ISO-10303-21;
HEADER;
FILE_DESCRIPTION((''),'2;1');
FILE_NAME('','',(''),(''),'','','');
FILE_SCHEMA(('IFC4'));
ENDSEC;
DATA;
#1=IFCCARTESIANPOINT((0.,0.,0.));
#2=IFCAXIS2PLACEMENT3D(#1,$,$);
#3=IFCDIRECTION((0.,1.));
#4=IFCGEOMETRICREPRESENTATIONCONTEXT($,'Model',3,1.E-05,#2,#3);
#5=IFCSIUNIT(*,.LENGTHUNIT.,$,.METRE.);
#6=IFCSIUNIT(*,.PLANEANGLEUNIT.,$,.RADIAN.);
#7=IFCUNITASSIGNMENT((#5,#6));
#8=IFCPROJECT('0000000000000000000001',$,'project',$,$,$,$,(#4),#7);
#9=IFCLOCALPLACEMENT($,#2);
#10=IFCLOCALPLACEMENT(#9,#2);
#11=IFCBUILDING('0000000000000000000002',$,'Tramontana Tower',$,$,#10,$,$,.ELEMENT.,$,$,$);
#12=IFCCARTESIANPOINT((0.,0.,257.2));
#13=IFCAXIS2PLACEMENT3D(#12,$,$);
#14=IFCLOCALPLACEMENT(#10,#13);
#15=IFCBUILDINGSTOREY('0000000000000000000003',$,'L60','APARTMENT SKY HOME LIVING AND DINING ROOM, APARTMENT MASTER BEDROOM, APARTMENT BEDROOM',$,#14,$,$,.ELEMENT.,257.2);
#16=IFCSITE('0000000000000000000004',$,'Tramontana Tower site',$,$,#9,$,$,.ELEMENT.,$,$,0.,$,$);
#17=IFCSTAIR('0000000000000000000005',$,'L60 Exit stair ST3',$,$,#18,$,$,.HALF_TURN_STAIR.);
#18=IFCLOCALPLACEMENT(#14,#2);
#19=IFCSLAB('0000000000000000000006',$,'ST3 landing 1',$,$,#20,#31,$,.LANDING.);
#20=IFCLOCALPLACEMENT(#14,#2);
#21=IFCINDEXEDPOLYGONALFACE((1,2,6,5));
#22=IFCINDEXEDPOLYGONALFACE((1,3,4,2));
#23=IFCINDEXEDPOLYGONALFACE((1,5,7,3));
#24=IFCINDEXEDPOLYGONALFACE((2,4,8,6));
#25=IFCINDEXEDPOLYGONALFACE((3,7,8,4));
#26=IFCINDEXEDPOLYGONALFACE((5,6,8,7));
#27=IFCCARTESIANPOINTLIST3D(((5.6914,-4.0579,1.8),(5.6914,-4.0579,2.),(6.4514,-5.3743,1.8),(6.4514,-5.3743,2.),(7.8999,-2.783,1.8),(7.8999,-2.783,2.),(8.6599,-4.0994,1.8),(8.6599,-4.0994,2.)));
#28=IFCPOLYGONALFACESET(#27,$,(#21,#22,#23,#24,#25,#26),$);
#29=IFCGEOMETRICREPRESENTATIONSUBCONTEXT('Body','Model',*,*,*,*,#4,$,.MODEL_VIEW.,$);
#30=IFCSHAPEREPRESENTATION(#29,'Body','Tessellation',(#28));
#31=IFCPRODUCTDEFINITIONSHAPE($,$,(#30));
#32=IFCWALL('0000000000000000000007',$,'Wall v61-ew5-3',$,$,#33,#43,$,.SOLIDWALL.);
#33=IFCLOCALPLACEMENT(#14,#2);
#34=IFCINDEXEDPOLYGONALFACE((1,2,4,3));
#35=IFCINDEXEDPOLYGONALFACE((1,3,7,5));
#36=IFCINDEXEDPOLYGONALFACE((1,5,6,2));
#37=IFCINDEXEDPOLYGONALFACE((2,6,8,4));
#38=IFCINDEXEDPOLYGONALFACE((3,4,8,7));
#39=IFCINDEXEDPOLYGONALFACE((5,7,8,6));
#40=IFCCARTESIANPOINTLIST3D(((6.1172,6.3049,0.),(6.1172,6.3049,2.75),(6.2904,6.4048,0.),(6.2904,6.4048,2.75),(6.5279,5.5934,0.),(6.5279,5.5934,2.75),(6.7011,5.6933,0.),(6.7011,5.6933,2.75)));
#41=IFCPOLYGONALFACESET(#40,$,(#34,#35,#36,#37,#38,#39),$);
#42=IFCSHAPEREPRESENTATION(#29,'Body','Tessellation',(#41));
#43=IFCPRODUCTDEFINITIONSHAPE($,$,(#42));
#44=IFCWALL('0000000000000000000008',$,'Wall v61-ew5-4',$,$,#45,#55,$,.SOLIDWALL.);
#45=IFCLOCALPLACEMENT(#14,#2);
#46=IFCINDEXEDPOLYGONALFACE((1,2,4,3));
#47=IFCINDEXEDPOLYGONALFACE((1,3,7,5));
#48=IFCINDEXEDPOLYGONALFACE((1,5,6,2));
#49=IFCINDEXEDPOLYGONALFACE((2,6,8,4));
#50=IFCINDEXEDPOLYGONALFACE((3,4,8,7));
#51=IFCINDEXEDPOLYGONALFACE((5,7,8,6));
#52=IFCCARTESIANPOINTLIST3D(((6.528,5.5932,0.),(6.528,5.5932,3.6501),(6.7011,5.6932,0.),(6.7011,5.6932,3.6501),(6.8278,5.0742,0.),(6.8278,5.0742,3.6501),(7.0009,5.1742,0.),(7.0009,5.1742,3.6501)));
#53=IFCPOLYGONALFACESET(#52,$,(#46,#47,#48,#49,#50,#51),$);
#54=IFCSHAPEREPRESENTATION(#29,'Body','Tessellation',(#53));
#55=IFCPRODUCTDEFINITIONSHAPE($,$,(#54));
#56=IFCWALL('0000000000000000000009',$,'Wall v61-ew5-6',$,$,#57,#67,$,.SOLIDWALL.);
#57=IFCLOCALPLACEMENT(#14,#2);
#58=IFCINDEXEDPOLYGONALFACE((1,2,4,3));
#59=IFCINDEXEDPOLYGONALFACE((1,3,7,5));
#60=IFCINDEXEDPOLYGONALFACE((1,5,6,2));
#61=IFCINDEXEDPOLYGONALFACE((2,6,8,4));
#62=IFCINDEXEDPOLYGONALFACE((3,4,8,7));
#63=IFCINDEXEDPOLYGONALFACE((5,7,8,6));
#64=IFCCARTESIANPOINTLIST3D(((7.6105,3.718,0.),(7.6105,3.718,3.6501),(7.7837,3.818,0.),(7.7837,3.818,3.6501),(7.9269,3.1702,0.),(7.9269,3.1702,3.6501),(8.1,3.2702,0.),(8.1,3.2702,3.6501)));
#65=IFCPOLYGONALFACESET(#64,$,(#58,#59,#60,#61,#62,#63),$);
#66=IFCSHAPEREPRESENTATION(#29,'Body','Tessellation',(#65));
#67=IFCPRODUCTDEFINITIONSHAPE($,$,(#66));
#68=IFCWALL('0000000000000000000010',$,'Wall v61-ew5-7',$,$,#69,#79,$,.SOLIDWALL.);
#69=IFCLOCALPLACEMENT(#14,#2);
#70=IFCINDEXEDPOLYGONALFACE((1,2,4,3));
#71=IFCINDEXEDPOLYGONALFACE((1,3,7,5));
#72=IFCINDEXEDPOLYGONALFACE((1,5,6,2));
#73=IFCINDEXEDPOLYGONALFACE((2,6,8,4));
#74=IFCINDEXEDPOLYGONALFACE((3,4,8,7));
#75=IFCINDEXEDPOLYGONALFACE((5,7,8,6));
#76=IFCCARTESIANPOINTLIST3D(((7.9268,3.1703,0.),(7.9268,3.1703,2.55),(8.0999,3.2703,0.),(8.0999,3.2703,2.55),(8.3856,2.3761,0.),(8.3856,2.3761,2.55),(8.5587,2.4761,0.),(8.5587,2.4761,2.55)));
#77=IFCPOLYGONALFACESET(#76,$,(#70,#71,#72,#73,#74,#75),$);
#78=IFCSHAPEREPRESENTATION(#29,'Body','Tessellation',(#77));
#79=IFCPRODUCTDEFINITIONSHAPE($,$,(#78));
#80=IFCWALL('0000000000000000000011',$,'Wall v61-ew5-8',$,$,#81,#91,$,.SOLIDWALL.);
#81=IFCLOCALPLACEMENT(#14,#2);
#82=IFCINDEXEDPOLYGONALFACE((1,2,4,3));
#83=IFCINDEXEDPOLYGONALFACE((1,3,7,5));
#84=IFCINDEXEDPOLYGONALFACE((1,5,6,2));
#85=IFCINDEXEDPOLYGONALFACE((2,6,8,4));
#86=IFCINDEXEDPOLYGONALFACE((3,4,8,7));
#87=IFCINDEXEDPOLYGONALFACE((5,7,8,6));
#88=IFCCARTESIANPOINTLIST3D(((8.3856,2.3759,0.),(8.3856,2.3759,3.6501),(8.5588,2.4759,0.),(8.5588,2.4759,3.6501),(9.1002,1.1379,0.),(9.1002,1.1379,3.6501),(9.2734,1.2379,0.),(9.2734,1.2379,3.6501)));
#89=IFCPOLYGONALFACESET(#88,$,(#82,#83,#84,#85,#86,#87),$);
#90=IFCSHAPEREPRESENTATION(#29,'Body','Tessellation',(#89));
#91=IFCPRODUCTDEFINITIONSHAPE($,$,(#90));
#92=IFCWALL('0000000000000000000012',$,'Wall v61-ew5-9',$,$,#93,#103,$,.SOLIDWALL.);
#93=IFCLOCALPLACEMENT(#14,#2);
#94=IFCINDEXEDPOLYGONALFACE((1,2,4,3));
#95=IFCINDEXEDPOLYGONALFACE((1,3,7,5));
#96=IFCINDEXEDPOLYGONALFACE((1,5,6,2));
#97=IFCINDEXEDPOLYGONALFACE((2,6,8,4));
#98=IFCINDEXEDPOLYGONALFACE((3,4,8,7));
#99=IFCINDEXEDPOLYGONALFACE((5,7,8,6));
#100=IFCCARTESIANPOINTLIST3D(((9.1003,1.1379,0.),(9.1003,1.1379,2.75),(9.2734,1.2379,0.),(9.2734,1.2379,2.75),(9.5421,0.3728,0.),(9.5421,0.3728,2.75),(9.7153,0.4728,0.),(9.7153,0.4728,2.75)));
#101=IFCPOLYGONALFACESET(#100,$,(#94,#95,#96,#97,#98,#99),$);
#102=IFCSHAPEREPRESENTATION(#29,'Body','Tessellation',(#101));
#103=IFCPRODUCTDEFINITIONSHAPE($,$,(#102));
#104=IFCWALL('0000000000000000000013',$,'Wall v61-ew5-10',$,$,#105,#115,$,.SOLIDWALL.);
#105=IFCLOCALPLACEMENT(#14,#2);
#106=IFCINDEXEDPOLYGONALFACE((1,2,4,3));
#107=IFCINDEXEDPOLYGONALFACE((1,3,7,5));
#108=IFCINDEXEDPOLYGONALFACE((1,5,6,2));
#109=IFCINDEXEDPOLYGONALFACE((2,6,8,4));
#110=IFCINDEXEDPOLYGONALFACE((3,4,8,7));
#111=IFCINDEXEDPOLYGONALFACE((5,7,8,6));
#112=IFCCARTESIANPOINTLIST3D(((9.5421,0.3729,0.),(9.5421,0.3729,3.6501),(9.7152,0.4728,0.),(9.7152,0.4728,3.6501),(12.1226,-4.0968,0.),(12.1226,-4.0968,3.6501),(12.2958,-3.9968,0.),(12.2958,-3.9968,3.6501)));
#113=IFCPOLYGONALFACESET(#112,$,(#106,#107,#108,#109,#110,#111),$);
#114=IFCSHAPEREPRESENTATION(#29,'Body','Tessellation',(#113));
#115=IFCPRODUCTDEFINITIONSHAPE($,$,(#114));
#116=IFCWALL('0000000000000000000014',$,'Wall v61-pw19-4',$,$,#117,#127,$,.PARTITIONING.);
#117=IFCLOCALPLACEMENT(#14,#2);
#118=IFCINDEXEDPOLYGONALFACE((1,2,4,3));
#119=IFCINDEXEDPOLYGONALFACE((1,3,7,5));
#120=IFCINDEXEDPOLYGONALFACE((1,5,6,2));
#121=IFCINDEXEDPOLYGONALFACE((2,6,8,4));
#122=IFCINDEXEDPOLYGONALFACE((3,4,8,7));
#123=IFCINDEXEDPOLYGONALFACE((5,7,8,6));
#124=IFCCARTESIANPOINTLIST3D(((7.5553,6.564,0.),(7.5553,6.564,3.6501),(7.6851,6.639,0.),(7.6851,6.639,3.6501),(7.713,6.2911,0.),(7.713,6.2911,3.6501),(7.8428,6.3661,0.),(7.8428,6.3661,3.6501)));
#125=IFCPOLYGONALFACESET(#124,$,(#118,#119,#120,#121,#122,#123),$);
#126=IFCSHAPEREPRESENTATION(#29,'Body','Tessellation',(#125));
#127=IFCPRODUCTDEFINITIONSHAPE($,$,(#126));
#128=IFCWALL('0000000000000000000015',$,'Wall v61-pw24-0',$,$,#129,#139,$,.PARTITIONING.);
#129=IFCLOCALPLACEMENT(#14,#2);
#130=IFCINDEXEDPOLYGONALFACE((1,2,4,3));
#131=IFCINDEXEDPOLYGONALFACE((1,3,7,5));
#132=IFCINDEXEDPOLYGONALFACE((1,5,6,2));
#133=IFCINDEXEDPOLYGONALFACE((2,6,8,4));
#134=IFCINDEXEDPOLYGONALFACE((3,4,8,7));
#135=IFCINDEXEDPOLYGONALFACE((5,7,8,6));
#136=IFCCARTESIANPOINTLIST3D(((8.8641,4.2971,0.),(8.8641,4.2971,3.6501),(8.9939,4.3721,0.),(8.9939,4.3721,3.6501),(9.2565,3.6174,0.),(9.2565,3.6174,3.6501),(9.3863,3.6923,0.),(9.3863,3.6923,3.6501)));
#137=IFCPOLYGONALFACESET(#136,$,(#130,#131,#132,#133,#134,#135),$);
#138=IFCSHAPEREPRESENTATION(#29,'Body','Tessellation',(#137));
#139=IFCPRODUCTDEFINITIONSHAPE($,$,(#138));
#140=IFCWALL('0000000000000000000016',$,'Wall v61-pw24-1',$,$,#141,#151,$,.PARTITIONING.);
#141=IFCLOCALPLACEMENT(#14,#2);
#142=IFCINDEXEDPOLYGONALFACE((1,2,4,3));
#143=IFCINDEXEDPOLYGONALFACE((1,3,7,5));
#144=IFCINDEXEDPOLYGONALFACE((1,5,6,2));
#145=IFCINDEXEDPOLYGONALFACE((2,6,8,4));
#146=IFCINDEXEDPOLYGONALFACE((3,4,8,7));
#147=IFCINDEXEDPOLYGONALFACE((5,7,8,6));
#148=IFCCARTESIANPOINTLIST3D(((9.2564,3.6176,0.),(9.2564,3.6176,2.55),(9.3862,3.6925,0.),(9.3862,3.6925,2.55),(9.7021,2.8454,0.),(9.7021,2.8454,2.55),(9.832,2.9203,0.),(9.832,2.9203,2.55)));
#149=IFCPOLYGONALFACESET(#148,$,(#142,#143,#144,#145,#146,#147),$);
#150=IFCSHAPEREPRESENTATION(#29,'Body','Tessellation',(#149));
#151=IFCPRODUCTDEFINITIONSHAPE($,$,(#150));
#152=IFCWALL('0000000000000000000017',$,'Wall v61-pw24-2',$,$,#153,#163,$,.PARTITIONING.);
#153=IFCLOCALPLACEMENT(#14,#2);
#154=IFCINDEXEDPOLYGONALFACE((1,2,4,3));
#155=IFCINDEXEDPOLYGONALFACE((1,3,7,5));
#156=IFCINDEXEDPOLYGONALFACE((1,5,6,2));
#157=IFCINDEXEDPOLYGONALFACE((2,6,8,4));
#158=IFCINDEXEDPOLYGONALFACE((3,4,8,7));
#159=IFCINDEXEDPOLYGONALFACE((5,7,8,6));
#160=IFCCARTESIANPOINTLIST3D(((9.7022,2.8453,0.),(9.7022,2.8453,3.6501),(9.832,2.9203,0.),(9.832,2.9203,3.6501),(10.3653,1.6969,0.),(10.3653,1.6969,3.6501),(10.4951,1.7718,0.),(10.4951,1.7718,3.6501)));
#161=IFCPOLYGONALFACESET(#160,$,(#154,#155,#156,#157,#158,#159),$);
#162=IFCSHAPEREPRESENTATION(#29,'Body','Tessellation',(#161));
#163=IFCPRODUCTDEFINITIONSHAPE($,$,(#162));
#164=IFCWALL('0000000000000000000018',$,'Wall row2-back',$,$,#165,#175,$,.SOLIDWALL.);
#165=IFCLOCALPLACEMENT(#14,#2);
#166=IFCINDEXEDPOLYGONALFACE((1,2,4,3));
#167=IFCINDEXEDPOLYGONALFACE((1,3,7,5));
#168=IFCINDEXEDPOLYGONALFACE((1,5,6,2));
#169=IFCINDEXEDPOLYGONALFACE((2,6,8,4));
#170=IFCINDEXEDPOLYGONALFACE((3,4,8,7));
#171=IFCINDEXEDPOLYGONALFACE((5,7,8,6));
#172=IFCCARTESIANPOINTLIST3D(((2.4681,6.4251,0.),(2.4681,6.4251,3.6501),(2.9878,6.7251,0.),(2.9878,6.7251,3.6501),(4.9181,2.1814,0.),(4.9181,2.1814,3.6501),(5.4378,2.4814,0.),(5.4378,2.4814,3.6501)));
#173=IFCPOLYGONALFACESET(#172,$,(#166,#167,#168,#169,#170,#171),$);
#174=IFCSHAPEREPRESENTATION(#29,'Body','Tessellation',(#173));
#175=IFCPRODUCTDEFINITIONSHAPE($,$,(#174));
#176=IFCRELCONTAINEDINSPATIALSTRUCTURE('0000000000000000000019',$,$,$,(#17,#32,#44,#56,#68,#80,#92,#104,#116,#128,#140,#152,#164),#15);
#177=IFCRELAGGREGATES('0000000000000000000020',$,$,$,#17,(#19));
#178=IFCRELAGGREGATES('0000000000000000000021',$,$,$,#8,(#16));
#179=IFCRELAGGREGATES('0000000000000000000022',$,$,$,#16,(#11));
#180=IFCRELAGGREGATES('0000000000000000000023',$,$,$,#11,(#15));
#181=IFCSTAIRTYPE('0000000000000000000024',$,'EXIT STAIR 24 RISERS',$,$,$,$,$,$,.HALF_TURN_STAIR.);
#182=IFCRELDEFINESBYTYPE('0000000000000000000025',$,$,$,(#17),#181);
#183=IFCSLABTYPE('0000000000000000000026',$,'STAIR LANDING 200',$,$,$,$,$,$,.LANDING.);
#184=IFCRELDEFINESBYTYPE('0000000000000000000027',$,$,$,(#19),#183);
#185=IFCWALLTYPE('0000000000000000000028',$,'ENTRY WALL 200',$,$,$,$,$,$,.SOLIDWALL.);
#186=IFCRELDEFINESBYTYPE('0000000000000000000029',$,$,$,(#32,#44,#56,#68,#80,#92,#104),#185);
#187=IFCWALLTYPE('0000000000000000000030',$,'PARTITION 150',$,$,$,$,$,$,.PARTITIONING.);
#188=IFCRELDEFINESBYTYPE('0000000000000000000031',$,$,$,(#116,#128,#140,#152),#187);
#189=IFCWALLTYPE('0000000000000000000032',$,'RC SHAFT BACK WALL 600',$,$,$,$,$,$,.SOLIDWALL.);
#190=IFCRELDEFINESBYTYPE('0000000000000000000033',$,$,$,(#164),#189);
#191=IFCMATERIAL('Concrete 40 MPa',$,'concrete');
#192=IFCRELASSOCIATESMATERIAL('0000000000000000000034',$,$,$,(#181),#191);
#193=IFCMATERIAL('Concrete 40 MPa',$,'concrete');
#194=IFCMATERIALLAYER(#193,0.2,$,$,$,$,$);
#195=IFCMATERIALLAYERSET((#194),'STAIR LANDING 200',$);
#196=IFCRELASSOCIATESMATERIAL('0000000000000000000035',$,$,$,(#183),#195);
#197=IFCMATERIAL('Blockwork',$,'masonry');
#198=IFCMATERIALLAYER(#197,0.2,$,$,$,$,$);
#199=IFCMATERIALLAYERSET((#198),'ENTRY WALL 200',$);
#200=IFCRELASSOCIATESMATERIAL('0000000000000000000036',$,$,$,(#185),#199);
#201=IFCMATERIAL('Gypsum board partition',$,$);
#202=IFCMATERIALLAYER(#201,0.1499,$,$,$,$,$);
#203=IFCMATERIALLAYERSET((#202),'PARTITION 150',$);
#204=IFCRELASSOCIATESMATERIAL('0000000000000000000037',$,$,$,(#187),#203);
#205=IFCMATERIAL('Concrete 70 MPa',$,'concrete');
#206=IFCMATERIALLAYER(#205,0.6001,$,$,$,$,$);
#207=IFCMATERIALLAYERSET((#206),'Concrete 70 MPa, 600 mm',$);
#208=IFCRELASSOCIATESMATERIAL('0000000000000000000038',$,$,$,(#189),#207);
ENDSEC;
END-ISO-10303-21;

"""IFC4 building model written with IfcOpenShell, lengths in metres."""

from ifc_helpers import new_model, si_unit, direction, frame, frame_2d, origin, place, context, subcontext, project, spatial, polyline, rectangle, outline, extrude, material, layer, layer_set, type_object, element, aggregate, save


model = new_model("IFC4")

# Units and contexts
model_context = context("Model", 3, precision=1e-05, world=origin(), true_north=direction((0.0, 1.0)))
body_context = subcontext(model_context, "Body", "Model", "MODEL_VIEW")
ifc_project = project(units=[si_unit("LENGTHUNIT", "METRE"), si_unit("PLANEANGLEUNIT", "RADIAN")], contexts=[model_context])

# Site, building, storey
site_placement = place(None, origin())
site = spatial("IfcSite", under=ifc_project, at=site_placement, Name="Tramontana Tower site", CompositionType="ELEMENT", RefElevation=0.0)
building_placement = place(site_placement, origin())
building = spatial("IfcBuilding", under=site, at=building_placement, Name="Tramontana Tower", CompositionType="ELEMENT")
storey_placement = place(building_placement, frame((0.0, 0.0, 257.2)))
storey = spatial("IfcBuildingStorey", under=building, at=storey_placement, Name="L60", Description="APARTMENT SKY HOME LIVING AND DINING ROOM, APARTMENT MASTER BEDROOM, APARTMENT BEDROOM", CompositionType="ELEMENT", Elevation=257.2)

# Stair, slab
ifc_material_1 = material(Name="Concrete 40 MPa", Category="concrete")
stair_type = type_object("IfcStairType", Name="EXIT STAIR 24 RISERS", PredefinedType="HALF_TURN_STAIR", material=ifc_material_1)
stair_placement = place(storey_placement, origin())
stair = element("IfcStair", 1, at=stair_placement, inside=storey, type_object=stair_type, Name="L60 Exit stair ST3", PredefinedType="HALF_TURN_STAIR")
ifc_material_2 = material(Name="Concrete 40 MPa", Category="concrete")
ifc_layer_1 = layer(ifc_material_2, 0.2)
ifc_layer_set_1 = layer_set([ifc_layer_1], Name="STAIR LANDING 200")
slab_type = type_object("IfcSlabType", Name="STAIR LANDING 200", PredefinedType="LANDING", material=ifc_layer_set_1)
slab_placement = place(storey_placement, frame((0.0, 0.0, 1.8)))
slab = element("IfcSlab", 2, at=slab_placement, type_object=slab_type, Name="ST3 landing 1", PredefinedType="LANDING", context=body_context, shape_type="SweptSolid", body=[
    extrude(outline(polyline([(5.6914, -4.0579), (6.4514, -5.3743), (8.6599, -4.0994), (7.8999, -2.783), (5.6914, -4.0579)])), origin(), (0.0, 0.0, 1.0), 0.2),
])
aggregate(stair, [slab])

# Walls
ifc_material_3 = material(Name="Blockwork", Category="masonry")
ifc_layer_2 = layer(ifc_material_3, 0.2)
ifc_layer_set_2 = layer_set([ifc_layer_2], Name="ENTRY WALL 200")
wall_type_1 = type_object("IfcWallType", Name="ENTRY WALL 200", PredefinedType="SOLIDWALL", material=ifc_layer_set_2)
wall_1_placement = place(storey_placement, frame((6.2039, 6.3547, 0.0), z_axis=(0.0, 0.0, 1.0), x_axis=(0.499911, -0.866077, 0.0)))
element("IfcWall", 3, at=wall_1_placement, inside=storey, type_object=wall_type_1, Name="Wall v61-ew5-3", PredefinedType="SOLIDWALL", context=body_context, shape_type="SweptSolid", body=[
    extrude(rectangle(XDim=0.8215, YDim=0.2, at=frame_2d((0.4106, 0.0))), origin(), (0.0, 0.0, 1.0), 2.75),
])
wall_2_placement = place(storey_placement, frame((6.6145, 5.6433, 0.0), z_axis=(0.0, 0.0, 1.0), x_axis=(0.500169, -0.865928, 0.0)))
element("IfcWall", 4, at=wall_2_placement, inside=storey, type_object=wall_type_1, Name="Wall v61-ew5-4", PredefinedType="SOLIDWALL", context=body_context, shape_type="SweptSolid", body=[
    extrude(rectangle(XDim=0.5994, YDim=0.2, at=frame_2d((0.2998, 0.0))), origin(), (0.0, 0.0, 1.0), 3.6501),
])

# Walls
wall_3_placement = place(storey_placement, frame((7.697, 3.7681, 0.0), z_axis=(0.0, 0.0, 1.0), x_axis=(0.500123, -0.865954, 0.0)))
element("IfcWall", 5, at=wall_3_placement, inside=storey, type_object=wall_type_1, Name="Wall v61-ew5-6", PredefinedType="SOLIDWALL", context=body_context, shape_type="SweptSolid", body=[
    extrude(rectangle(XDim=0.6326, YDim=0.2, at=frame_2d((0.3164, 0.0))), origin(), (0.0, 0.0, 1.0), 3.6501),
])
wall_4_placement = place(storey_placement, frame((8.0134, 3.2202, 0.0), z_axis=(0.0, 0.0, 1.0), x_axis=(0.500176, -0.865924, 0.0)))
element("IfcWall", 6, at=wall_4_placement, inside=storey, type_object=wall_type_1, Name="Wall v61-ew5-7", PredefinedType="SOLIDWALL", context=body_context, shape_type="SweptSolid", body=[
    extrude(rectangle(XDim=0.9172, YDim=0.2, at=frame_2d((0.4585, 0.0))), origin(), (0.0, 0.0, 1.0), 2.55),
])
wall_5_placement = place(storey_placement, frame((8.4722, 2.426, 0.0), z_axis=(0.0, 0.0, 1.0), x_axis=(0.499905, -0.86608, 0.0)))
element("IfcWall", 7, at=wall_5_placement, inside=storey, type_object=wall_type_1, Name="Wall v61-ew5-8", PredefinedType="SOLIDWALL", context=body_context, shape_type="SweptSolid", body=[
    extrude(rectangle(XDim=1.4294, YDim=0.2, at=frame_2d((0.7148, 0.0))), origin(), (0.0, 0.0, 1.0), 3.6501),
])
wall_6_placement = place(storey_placement, frame((9.1868, 1.188, 0.0), z_axis=(0.0, 0.0, 1.0), x_axis=(0.500121, -0.865955, 0.0)))
element("IfcWall", 8, at=wall_6_placement, inside=storey, type_object=wall_type_1, Name="Wall v61-ew5-9", PredefinedType="SOLIDWALL", context=body_context, shape_type="SweptSolid", body=[
    extrude(rectangle(XDim=0.8835, YDim=0.2, at=frame_2d((0.4419, 0.0))), origin(), (0.0, 0.0, 1.0), 2.75),
])
wall_7_placement = place(storey_placement, frame((9.6287, 0.4229, 0.0), z_axis=(0.0, 0.0, 1.0), x_axis=(0.499995, -0.866028, 0.0)))
element("IfcWall", 9, at=wall_7_placement, inside=storey, type_object=wall_type_1, Name="Wall v61-ew5-10", PredefinedType="SOLIDWALL", context=body_context, shape_type="SweptSolid", body=[
    extrude(rectangle(XDim=5.1611, YDim=0.2, at=frame_2d((2.5806, 0.0))), origin(), (0.0, 0.0, 1.0), 3.6501),
])
ifc_material_4 = material(Name="Gypsum board partition")
ifc_layer_3 = layer(ifc_material_4, 0.1499)
ifc_layer_set_3 = layer_set([ifc_layer_3], Name="PARTITION 150")
wall_type_2 = type_object("IfcWallType", Name="PARTITION 150", PredefinedType="PARTITIONING", material=ifc_layer_set_3)
wall_8_placement = place(storey_placement, frame((7.6201, 6.6016, 0.0), z_axis=(0.0, 0.0, 1.0), x_axis=(0.500303, -0.86585, 0.0)))
element("IfcWall", 10, at=wall_8_placement, inside=storey, type_object=wall_type_2, Name="Wall v61-pw19-4", PredefinedType="PARTITIONING", context=body_context, shape_type="SweptSolid", body=[
    extrude(rectangle(XDim=0.3152, YDim=0.1499, at=frame_2d((0.1577, 0.0))), origin(), (0.0, 0.0, 1.0), 3.6501),
])

# Walls
wall_9_placement = place(storey_placement, frame((8.929, 4.3347, 0.0), z_axis=(0.0, 0.0, 1.0), x_axis=(0.49992, -0.866072, 0.0)))
element("IfcWall", 11, at=wall_9_placement, inside=storey, type_object=wall_type_2, Name="Wall v61-pw24-0", PredefinedType="PARTITIONING", context=body_context, shape_type="SweptSolid", body=[
    extrude(rectangle(XDim=0.7849, YDim=0.1499, at=frame_2d((0.3926, 0.0))), origin(), (0.0, 0.0, 1.0), 3.6501),
])
wall_10_placement = place(storey_placement, frame((9.3213, 3.655, 0.0), z_axis=(0.0, 0.0, 1.0), x_axis=(0.499967, -0.866044, 0.0)))
element("IfcWall", 12, at=wall_10_placement, inside=storey, type_object=wall_type_2, Name="Wall v61-pw24-1", PredefinedType="PARTITIONING", context=body_context, shape_type="SweptSolid", body=[
    extrude(rectangle(XDim=0.8916, YDim=0.1499, at=frame_2d((0.4458, 0.0))), origin(), (0.0, 0.0, 1.0), 2.55),
])
wall_11_placement = place(storey_placement, frame((9.7671, 2.8828, 0.0), z_axis=(0.0, 0.0, 1.0), x_axis=(0.50002, -0.866014, 0.0)))
element("IfcWall", 13, at=wall_11_placement, inside=storey, type_object=wall_type_2, Name="Wall v61-pw24-2", PredefinedType="PARTITIONING", context=body_context, shape_type="SweptSolid", body=[
    extrude(rectangle(XDim=1.3262, YDim=0.1499, at=frame_2d((0.6631, 0.0))), origin(), (0.0, 0.0, 1.0), 3.6501),
])

# Wall
ifc_material_5 = material(Name="Concrete 70 MPa", Category="concrete")
ifc_layer_4 = layer(ifc_material_5, 0.6001)
ifc_layer_set_4 = layer_set([ifc_layer_4], Name="Concrete 70 MPa, 600 mm")
wall_type_3 = type_object("IfcWallType", Name="RC SHAFT BACK WALL 600", PredefinedType="SOLIDWALL", material=ifc_layer_set_4)
wall_12_placement = place(storey_placement, frame((5.178, 2.3313, 0.0), z_axis=(0.0, 0.0, 1.0), x_axis=(-0.499981, 0.866036, 0.0)))
element("IfcWall", 14, at=wall_12_placement, inside=storey, type_object=wall_type_3, Name="Wall row2-back", PredefinedType="SOLIDWALL", context=body_context, shape_type="SweptSolid", body=[
    extrude(rectangle(XDim=4.9001, YDim=0.6001, at=frame_2d((2.4502, 0.0))), origin(), (0.0, 0.0, 1.0), 3.6501),
])

save(model, "model.ifc")
